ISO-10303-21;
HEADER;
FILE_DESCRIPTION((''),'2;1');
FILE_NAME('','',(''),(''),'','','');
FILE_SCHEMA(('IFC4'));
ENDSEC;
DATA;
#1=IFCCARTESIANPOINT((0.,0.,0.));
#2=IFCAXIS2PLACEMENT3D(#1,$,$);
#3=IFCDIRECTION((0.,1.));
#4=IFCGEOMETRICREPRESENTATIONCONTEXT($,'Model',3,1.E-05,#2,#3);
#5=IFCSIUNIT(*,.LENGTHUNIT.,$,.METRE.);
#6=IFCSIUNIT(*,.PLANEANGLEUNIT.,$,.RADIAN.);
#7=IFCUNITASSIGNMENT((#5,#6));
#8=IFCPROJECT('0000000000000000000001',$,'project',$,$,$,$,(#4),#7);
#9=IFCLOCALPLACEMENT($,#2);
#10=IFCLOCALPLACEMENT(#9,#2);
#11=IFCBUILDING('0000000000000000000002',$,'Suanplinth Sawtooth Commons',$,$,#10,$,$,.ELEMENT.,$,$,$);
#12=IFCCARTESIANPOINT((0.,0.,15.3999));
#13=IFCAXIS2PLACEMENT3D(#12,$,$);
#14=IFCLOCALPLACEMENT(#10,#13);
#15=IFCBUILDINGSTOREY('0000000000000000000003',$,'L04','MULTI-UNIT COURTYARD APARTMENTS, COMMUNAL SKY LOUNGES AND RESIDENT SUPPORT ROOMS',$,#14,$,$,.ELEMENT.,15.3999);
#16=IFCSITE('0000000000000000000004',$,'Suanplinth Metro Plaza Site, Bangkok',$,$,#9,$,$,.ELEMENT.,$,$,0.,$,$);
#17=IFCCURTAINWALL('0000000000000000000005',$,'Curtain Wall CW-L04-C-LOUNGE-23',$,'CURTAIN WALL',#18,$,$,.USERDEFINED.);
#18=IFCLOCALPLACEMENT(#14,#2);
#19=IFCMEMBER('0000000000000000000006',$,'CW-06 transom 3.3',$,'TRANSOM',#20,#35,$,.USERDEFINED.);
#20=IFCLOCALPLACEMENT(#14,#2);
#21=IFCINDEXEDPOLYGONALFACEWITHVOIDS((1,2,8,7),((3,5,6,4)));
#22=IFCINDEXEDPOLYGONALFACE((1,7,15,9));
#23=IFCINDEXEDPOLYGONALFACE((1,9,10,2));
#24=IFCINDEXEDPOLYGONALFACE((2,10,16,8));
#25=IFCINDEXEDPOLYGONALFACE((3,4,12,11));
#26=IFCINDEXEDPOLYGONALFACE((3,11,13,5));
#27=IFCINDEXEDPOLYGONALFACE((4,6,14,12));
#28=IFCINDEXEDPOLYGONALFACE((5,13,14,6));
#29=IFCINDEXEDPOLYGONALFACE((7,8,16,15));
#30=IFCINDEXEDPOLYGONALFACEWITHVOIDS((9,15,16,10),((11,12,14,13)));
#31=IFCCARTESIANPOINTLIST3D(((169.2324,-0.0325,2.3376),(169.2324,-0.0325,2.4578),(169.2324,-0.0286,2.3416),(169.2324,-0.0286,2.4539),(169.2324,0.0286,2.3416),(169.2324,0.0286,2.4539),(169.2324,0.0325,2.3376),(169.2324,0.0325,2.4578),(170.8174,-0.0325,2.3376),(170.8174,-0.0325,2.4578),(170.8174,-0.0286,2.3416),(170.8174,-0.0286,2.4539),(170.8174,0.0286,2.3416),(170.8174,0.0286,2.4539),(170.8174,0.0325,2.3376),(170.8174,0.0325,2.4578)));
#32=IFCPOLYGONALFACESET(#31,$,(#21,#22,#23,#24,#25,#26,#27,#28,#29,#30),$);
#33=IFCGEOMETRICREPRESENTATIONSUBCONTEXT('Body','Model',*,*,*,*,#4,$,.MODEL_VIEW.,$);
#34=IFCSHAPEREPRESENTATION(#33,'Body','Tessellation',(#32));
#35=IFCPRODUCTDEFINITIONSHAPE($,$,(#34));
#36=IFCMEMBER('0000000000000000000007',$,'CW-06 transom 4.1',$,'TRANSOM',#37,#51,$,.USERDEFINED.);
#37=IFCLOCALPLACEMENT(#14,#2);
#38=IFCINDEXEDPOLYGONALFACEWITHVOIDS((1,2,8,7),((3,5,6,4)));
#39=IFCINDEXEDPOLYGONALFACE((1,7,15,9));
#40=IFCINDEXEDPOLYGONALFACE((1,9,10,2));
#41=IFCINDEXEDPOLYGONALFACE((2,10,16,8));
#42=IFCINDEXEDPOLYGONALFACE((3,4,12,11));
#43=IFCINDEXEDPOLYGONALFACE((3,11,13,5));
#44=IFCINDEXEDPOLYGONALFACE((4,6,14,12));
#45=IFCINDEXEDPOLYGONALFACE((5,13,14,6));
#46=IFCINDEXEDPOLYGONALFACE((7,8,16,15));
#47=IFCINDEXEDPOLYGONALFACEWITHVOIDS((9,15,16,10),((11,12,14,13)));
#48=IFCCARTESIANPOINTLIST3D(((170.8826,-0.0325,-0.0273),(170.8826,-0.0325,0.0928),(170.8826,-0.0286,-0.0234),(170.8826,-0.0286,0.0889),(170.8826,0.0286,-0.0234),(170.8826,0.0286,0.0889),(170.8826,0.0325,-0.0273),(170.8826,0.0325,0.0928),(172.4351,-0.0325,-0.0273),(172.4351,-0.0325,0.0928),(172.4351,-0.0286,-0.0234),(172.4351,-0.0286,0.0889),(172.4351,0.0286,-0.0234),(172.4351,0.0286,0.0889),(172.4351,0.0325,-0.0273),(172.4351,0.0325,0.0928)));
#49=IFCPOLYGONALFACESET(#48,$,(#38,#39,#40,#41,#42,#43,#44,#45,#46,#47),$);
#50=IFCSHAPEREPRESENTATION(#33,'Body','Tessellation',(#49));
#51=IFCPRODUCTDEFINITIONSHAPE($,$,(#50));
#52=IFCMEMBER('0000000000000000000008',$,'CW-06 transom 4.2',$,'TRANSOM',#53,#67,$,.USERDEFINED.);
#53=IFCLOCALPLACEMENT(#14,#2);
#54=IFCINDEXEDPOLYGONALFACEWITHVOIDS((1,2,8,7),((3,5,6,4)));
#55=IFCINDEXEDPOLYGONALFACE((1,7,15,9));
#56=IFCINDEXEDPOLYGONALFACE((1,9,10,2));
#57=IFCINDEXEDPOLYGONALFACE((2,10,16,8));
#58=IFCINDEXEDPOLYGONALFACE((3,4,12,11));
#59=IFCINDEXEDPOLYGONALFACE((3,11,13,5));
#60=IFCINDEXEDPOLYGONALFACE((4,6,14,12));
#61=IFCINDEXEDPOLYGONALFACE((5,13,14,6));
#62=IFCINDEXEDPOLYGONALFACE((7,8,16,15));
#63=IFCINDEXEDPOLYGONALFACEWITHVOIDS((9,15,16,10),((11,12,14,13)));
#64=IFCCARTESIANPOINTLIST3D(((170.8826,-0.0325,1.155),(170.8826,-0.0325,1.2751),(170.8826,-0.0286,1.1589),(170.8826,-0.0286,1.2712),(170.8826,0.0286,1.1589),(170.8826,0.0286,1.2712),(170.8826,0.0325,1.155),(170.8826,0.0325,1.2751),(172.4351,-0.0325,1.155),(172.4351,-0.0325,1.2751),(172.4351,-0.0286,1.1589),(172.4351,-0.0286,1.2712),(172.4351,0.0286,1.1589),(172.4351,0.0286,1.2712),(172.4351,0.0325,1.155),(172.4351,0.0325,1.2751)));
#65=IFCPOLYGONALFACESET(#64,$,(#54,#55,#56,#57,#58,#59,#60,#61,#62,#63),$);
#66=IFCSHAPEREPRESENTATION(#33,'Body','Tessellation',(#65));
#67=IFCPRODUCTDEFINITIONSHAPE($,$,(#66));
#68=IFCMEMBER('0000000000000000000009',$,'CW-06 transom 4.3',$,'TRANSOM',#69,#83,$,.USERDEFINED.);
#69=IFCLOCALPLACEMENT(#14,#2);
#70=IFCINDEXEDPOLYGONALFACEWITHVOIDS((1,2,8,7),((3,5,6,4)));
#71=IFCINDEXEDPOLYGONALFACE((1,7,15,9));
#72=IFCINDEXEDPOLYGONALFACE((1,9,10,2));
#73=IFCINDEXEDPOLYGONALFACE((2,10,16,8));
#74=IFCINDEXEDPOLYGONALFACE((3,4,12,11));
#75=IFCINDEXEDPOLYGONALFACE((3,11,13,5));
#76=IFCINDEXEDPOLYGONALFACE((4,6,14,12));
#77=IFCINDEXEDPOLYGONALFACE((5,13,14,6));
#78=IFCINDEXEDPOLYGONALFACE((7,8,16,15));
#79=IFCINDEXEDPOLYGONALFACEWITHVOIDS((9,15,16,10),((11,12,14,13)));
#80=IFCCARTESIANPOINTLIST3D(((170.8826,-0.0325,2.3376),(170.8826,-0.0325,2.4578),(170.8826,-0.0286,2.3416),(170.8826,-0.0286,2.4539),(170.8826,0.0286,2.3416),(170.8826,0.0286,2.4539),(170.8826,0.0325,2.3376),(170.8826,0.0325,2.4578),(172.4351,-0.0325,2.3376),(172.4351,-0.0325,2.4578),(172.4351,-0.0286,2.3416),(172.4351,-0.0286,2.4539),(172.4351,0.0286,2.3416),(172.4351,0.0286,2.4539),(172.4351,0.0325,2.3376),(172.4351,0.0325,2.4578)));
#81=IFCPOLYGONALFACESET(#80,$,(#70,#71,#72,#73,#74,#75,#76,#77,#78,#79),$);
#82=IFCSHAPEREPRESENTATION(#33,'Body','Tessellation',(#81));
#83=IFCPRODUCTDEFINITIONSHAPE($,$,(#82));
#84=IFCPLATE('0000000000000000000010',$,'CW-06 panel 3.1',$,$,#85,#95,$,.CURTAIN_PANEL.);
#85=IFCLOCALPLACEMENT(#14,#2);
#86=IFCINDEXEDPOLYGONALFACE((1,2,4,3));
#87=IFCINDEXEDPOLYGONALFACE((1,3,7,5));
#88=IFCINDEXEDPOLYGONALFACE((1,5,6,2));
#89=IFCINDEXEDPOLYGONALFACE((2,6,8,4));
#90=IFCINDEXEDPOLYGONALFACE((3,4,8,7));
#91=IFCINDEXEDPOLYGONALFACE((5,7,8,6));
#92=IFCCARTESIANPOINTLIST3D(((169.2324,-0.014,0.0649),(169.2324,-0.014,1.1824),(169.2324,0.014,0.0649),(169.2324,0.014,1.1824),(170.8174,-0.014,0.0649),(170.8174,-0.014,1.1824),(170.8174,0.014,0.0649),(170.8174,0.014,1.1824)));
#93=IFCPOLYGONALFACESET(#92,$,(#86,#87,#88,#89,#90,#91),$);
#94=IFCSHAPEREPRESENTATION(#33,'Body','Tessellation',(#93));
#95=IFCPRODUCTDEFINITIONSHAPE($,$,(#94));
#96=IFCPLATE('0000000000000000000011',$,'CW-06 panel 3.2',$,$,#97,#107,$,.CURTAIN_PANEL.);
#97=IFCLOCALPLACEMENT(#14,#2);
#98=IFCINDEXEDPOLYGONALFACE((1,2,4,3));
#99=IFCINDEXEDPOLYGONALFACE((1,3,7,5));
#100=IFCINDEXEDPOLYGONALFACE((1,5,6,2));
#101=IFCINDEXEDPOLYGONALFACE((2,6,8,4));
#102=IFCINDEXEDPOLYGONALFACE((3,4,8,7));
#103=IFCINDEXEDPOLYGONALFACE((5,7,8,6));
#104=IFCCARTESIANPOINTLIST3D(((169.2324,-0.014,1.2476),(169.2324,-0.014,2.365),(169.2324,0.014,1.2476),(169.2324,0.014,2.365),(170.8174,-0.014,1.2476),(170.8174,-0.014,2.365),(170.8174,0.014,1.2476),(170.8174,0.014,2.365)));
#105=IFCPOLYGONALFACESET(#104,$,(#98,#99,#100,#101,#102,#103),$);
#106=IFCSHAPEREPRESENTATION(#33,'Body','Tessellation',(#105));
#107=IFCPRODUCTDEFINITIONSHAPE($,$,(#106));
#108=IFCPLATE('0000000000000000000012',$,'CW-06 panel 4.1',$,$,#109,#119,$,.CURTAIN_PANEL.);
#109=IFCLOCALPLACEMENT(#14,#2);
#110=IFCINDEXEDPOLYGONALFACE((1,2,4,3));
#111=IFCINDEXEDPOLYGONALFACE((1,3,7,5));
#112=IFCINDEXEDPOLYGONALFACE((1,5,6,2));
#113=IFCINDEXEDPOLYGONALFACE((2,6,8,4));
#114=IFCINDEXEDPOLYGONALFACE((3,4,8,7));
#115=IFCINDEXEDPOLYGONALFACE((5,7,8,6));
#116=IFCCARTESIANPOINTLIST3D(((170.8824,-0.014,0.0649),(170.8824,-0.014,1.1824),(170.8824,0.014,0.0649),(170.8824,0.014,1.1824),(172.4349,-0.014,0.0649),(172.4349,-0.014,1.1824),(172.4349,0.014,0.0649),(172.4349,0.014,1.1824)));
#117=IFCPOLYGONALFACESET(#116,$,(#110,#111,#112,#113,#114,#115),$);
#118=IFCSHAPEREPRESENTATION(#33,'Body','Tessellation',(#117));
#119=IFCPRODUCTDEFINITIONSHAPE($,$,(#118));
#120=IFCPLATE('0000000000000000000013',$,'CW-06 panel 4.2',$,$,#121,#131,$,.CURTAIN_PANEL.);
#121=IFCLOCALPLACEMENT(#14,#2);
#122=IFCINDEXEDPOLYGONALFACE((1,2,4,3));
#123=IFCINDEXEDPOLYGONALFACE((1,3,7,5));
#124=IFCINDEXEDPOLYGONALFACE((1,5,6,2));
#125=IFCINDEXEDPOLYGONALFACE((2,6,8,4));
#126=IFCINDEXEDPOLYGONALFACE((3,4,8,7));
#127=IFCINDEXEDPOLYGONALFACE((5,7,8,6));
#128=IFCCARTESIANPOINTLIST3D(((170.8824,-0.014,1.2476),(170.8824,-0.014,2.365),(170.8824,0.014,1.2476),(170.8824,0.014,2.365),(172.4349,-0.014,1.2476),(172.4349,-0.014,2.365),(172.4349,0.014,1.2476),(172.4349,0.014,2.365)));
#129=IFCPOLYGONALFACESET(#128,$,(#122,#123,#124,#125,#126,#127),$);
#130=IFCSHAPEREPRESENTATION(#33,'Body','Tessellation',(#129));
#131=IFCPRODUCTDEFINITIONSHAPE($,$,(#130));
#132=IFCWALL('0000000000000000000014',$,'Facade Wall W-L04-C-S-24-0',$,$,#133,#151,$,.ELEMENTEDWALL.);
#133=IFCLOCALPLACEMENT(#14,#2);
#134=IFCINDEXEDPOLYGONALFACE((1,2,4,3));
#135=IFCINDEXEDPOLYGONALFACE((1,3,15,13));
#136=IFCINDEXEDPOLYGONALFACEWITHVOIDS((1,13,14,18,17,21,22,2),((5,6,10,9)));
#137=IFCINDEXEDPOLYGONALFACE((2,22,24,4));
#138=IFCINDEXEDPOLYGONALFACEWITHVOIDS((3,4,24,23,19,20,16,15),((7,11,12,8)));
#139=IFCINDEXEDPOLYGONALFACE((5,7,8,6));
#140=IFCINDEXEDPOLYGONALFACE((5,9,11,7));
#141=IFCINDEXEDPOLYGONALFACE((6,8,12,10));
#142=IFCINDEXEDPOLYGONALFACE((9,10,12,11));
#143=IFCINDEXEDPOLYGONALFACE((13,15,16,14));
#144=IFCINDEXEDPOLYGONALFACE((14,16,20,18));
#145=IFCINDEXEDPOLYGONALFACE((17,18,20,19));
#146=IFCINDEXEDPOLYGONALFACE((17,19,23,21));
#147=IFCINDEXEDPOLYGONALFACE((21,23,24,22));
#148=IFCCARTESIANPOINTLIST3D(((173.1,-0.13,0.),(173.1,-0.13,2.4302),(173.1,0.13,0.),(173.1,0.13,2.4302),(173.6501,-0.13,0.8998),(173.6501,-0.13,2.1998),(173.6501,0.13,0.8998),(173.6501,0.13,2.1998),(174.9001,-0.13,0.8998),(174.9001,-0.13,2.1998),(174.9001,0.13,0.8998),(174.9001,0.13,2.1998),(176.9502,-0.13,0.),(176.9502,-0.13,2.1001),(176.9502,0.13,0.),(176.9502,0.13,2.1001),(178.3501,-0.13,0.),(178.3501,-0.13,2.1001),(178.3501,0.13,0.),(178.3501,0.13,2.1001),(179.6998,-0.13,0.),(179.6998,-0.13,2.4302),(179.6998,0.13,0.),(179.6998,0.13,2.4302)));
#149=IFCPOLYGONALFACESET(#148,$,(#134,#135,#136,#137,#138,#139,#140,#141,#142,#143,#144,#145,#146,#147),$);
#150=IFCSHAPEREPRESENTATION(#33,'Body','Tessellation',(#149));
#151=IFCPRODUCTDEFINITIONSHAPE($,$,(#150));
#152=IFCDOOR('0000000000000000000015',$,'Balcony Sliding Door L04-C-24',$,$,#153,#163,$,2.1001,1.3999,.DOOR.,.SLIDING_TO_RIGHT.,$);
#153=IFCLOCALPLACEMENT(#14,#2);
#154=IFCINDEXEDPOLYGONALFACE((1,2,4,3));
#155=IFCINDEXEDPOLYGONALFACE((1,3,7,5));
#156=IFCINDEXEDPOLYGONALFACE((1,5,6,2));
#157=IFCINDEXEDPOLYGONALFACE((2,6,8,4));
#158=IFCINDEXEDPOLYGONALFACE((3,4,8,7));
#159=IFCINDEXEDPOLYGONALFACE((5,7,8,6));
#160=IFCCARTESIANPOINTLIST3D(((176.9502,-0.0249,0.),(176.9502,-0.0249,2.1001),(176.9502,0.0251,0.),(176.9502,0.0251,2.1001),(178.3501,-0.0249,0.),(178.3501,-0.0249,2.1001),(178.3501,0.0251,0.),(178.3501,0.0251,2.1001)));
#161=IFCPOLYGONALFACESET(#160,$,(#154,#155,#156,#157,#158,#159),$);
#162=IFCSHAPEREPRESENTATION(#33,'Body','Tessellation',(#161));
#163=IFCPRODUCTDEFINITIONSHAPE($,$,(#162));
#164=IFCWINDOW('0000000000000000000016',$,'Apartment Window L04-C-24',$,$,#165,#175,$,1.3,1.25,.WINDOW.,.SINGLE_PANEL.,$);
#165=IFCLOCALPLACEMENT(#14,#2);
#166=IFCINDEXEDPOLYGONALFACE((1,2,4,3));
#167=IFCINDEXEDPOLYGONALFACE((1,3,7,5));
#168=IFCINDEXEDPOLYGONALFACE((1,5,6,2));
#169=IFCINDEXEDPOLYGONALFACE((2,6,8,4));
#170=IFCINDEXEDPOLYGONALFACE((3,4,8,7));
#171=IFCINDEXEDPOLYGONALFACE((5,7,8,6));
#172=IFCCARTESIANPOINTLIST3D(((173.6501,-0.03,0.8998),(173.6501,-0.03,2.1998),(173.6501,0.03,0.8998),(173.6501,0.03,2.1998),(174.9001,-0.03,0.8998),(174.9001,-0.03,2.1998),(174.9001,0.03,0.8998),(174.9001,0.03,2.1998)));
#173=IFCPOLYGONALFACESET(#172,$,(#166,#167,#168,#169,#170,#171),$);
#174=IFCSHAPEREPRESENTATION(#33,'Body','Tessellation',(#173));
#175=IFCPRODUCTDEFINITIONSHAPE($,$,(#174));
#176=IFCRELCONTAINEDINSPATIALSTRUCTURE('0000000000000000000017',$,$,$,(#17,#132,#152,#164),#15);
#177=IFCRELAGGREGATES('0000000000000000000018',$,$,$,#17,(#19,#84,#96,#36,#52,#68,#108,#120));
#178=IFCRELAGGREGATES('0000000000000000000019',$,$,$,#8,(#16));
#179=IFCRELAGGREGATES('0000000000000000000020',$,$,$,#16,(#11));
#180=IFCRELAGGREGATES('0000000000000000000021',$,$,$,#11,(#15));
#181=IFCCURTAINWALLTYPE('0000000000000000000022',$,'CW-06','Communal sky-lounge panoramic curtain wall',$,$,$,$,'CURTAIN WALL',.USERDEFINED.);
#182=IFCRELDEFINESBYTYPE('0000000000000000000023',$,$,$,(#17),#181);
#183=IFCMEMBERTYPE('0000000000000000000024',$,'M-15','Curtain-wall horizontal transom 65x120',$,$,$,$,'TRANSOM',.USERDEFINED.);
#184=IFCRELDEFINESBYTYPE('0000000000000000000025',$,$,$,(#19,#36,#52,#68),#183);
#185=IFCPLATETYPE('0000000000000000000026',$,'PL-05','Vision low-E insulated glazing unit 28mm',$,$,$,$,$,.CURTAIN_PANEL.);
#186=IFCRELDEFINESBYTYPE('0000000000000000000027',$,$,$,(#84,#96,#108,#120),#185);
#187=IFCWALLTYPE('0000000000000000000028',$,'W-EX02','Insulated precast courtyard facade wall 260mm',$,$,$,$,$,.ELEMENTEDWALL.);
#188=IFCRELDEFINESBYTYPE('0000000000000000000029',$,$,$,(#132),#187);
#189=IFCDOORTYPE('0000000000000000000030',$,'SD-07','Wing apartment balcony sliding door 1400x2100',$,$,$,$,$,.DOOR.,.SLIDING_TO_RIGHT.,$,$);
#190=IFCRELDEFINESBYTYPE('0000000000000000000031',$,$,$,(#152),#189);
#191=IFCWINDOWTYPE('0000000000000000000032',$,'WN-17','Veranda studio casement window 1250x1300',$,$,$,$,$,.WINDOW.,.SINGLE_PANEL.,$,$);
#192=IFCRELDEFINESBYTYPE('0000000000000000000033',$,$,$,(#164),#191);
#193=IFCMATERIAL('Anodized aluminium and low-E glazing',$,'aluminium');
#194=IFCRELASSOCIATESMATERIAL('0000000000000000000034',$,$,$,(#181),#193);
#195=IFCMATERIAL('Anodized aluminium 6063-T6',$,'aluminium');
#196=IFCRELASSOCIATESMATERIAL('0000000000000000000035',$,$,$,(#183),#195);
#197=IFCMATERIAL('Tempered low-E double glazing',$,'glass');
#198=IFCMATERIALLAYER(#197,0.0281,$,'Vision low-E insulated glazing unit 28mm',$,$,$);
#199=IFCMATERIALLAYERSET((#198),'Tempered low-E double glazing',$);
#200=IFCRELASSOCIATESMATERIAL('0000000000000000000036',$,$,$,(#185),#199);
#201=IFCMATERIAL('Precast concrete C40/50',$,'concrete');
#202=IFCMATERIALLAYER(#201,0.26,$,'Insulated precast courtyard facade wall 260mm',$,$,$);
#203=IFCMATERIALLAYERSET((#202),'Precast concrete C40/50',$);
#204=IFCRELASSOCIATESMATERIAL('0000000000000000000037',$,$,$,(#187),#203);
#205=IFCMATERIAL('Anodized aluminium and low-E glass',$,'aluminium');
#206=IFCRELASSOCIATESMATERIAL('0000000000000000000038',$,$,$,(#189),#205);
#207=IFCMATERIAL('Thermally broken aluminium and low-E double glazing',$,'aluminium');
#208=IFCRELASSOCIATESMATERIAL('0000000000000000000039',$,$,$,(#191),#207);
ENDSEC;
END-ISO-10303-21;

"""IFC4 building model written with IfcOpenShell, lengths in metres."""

from ifc_helpers import new_model, si_unit, direction, frame, frame_2d, origin, origin_2d, place, context, subcontext, project, spatial, rectangle, hollow_rectangle, extrude, material, layer, layer_set, material_profile, profile_set, type_object, element, fill, aggregate, save


model = new_model("IFC4")

# Units and contexts
model_context = context("Model", 3, precision=1e-05, world=origin(), true_north=direction((0.0, 1.0)))
body_context = subcontext(model_context, "Body", "Model", "MODEL_VIEW")
ifc_project = project(units=[si_unit("LENGTHUNIT", "METRE"), si_unit("PLANEANGLEUNIT", "RADIAN")], contexts=[model_context])

# Site, building, storey
site_placement = place(None, origin())
site = spatial("IfcSite", under=ifc_project, at=site_placement, Name="Suanplinth Metro Plaza Site, Bangkok", CompositionType="ELEMENT", RefElevation=0.0)
building_placement = place(site_placement, origin())
building = spatial("IfcBuilding", under=site, at=building_placement, Name="Suanplinth Sawtooth Commons", CompositionType="ELEMENT")
storey_placement = place(building_placement, frame((0.0, 0.0, 15.3999)))
storey = spatial("IfcBuildingStorey", under=building, at=storey_placement, Name="L04", Description="MULTI-UNIT COURTYARD APARTMENTS, COMMUNAL SKY LOUNGES AND RESIDENT SUPPORT ROOMS", CompositionType="ELEMENT", Elevation=15.3999)

# Shared definitions
ifc_material_1 = material(Name="Precast concrete C40/50", Category="concrete")

# Curtain wall, members, plates
ifc_material_2 = material(Name="Anodized aluminium and low-E glazing", Category="aluminium")
curtain_wall_type = type_object("IfcCurtainWallType", Name="CW-06", Description="Communal sky-lounge panoramic curtain wall", ElementType="CURTAIN WALL", PredefinedType="USERDEFINED", material=ifc_material_2)
curtain_wall_placement = place(storey_placement, origin())
curtain_wall = element("IfcCurtainWall", 1, at=curtain_wall_placement, inside=storey, type_object=curtain_wall_type, Name="Curtain Wall CW-L04-C-LOUNGE-23", ObjectType="CURTAIN WALL", PredefinedType="USERDEFINED")
ifc_material_3 = material(Name="Anodized aluminium 6063-T6", Category="aluminium")
ifc_material_profile_1 = material_profile(ifc_material_3, hollow_rectangle(XDim=0.0649, YDim=0.1201, WallThickness=0.0039, at=origin_2d()), Name="ALU-TRN 65x120")
ifc_profile_set_1 = profile_set([ifc_material_profile_1], Name="Anodized aluminium 6063-T6")
member_type_1 = type_object("IfcMemberType", Name="M-15", Description="Curtain-wall horizontal transom 65x120", ElementType="TRANSOM", PredefinedType="USERDEFINED", material=ifc_profile_set_1)
member_1_placement = place(storey_placement, frame((169.2324, 0.0, 2.3977), z_axis=(1.0, 0.0, 0.0), x_axis=(0.0, 1.0, 0.0)))
member_1 = element("IfcMember", 2, at=member_1_placement, type_object=member_type_1, Name="CW-06 transom 3.3", ObjectType="TRANSOM", PredefinedType="USERDEFINED", context=body_context, shape_type="SweptSolid", body=[
    extrude(hollow_rectangle(XDim=0.0649, YDim=0.1201, WallThickness=0.0039, at=origin_2d()), origin(), (0.0, 0.0, 1.0), 1.585),
])
member_2_placement = place(storey_placement, frame((170.8826, 0.0, 0.0327), z_axis=(1.0, 0.0, 0.0), x_axis=(0.0, 1.0, 0.0)))
member_2 = element("IfcMember", 3, at=member_2_placement, type_object=member_type_1, Name="CW-06 transom 4.1", ObjectType="TRANSOM", PredefinedType="USERDEFINED", context=body_context, shape_type="SweptSolid", body=[
    extrude(hollow_rectangle(XDim=0.0649, YDim=0.1201, WallThickness=0.0039, at=origin_2d()), origin(), (0.0, 0.0, 1.0), 1.5525),
])
member_3_placement = place(storey_placement, frame((170.8826, 0.0, 1.2151), z_axis=(1.0, 0.0, 0.0), x_axis=(0.0, 1.0, 0.0)))
member_3 = element("IfcMember", 4, at=member_3_placement, type_object=member_type_1, Name="CW-06 transom 4.2", ObjectType="TRANSOM", PredefinedType="USERDEFINED", context=body_context, shape_type="SweptSolid", body=[
    extrude(hollow_rectangle(XDim=0.0649, YDim=0.1201, WallThickness=0.0039, at=origin_2d()), origin(), (0.0, 0.0, 1.0), 1.5525),
])
member_4_placement = place(storey_placement, frame((170.8826, 0.0, 2.3977), z_axis=(1.0, 0.0, 0.0), x_axis=(0.0, 1.0, 0.0)))
member_4 = element("IfcMember", 5, at=member_4_placement, type_object=member_type_1, Name="CW-06 transom 4.3", ObjectType="TRANSOM", PredefinedType="USERDEFINED", context=body_context, shape_type="SweptSolid", body=[
    extrude(hollow_rectangle(XDim=0.0649, YDim=0.1201, WallThickness=0.0039, at=origin_2d()), origin(), (0.0, 0.0, 1.0), 1.5525),
])
ifc_material_4 = material(Name="Tempered low-E double glazing", Category="glass")
ifc_layer_1 = layer(ifc_material_4, 0.0281, Name="Vision low-E insulated glazing unit 28mm")
ifc_layer_set_1 = layer_set([ifc_layer_1], Name="Tempered low-E double glazing")
plate_type = type_object("IfcPlateType", Name="PL-05", Description="Vision low-E insulated glazing unit 28mm", PredefinedType="CURTAIN_PANEL", material=ifc_layer_set_1)
plate_1_placement = place(storey_placement, frame((170.0249, 0.0, 0.0649), z_axis=(0.0, 0.0, 1.0), x_axis=(1.0, 0.0, 0.0)))
plate_1 = element("IfcPlate", 6, at=plate_1_placement, type_object=plate_type, Name="CW-06 panel 3.1", PredefinedType="CURTAIN_PANEL", context=body_context, shape_type="SweptSolid", body=[
    extrude(rectangle(XDim=1.585, YDim=0.0281, at=origin_2d()), origin(), (0.0, 0.0, 1.0), 1.1174),
])
plate_2_placement = place(storey_placement, frame((170.0249, 0.0, 1.2476), z_axis=(0.0, 0.0, 1.0), x_axis=(1.0, 0.0, 0.0)))
plate_2 = element("IfcPlate", 7, at=plate_2_placement, type_object=plate_type, Name="CW-06 panel 3.2", PredefinedType="CURTAIN_PANEL", context=body_context, shape_type="SweptSolid", body=[
    extrude(rectangle(XDim=1.585, YDim=0.0281, at=origin_2d()), origin(), (0.0, 0.0, 1.0), 1.1174),
])
plate_3_placement = place(storey_placement, frame((171.6587, 0.0, 0.0649), z_axis=(0.0, 0.0, 1.0), x_axis=(1.0, 0.0, 0.0)))
plate_3 = element("IfcPlate", 8, at=plate_3_placement, type_object=plate_type, Name="CW-06 panel 4.1", PredefinedType="CURTAIN_PANEL", context=body_context, shape_type="SweptSolid", body=[
    extrude(rectangle(XDim=1.5525, YDim=0.0281, at=origin_2d()), origin(), (0.0, 0.0, 1.0), 1.1174),
])
plate_4_placement = place(storey_placement, frame((171.6587, 0.0, 1.2476), z_axis=(0.0, 0.0, 1.0), x_axis=(1.0, 0.0, 0.0)))
plate_4 = element("IfcPlate", 9, at=plate_4_placement, type_object=plate_type, Name="CW-06 panel 4.2", PredefinedType="CURTAIN_PANEL", context=body_context, shape_type="SweptSolid", body=[
    extrude(rectangle(XDim=1.5525, YDim=0.0281, at=origin_2d()), origin(), (0.0, 0.0, 1.0), 1.1174),
])
aggregate(curtain_wall, [member_1, plate_1, plate_2, member_2, member_3, member_4, plate_3, plate_4])

# Wall, openings, door, window
ifc_layer_2 = layer(ifc_material_1, 0.26, Name="Insulated precast courtyard facade wall 260mm")
ifc_layer_set_2 = layer_set([ifc_layer_2], Name="Precast concrete C40/50")
wall_type_1 = type_object("IfcWallType", Name="W-EX02", Description="Insulated precast courtyard facade wall 260mm", PredefinedType="ELEMENTEDWALL", material=ifc_layer_set_2)
wall_1_placement = place(storey_placement, frame((173.1001, 0.0, 0.0), z_axis=(0.0, 0.0, 1.0), x_axis=(1.0, 0.0, 0.0)))
wall_1 = element("IfcWall", 10, at=wall_1_placement, inside=storey, type_object=wall_type_1, Name="Facade Wall W-L04-C-S-24-0", PredefinedType="ELEMENTEDWALL", context=body_context, shape_type="SweptSolid", body=[
    extrude(rectangle(XDim=6.5999, YDim=0.26, at=frame_2d((3.2998, 0.0))), origin(), (0.0, 0.0, 1.0), 2.4302),
])
opening_1_placement = place(wall_1_placement, frame((3.8501, 0.0, 0.0)))
opening_1 = element("IfcOpeningElement", 11, at=opening_1_placement, cuts=wall_1, PredefinedType="OPENING", context=body_context, shape_type="SweptSolid", body=[
    extrude(rectangle(XDim=1.3999, YDim=2.1001, at=frame_2d((0.7, 1.05))), frame((0.0, 0.145, 0.0), z_axis=(0.0, -1.0, 0.0), x_axis=(1.0, 0.0, 0.0)), (0.0, 0.0, 1.0), 0.2898),
])
opening_2_placement = place(wall_1_placement, frame((0.55, 0.0, 0.8999)))
opening_2 = element("IfcOpeningElement", 12, at=opening_2_placement, cuts=wall_1, PredefinedType="OPENING", context=body_context, shape_type="SweptSolid", body=[
    extrude(rectangle(XDim=1.25, YDim=1.3, at=frame_2d((0.625, 0.6499))), frame((0.0, 0.145, 0.0), z_axis=(0.0, -1.0, 0.0), x_axis=(1.0, 0.0, 0.0)), (0.0, 0.0, 1.0), 0.2898),
])
ifc_material_5 = material(Name="Anodized aluminium and low-E glass", Category="aluminium")
door_type_1 = type_object("IfcDoorType", Name="SD-07", Description="Wing apartment balcony sliding door 1400x2100", OperationType="SLIDING_TO_RIGHT", PredefinedType="DOOR", material=ifc_material_5)
door_1_placement = place(opening_1_placement, frame((1.3999, 0.0, 0.0), z_axis=(0.0, 0.0, 1.0), x_axis=(-1.0, 0.0, 0.0)))
door_1 = element("IfcDoor", 13, at=door_1_placement, inside=storey, type_object=door_type_1, Name="Balcony Sliding Door L04-C-24", OperationType="SLIDING_TO_RIGHT", OverallHeight=2.1001, OverallWidth=1.3999, PredefinedType="DOOR", context=body_context, shape_type="SweptSolid", body=[
    extrude(rectangle(XDim=1.3999, YDim=2.1001, at=frame_2d((0.7, 1.05))), frame((0.0, 0.0249, 0.0), z_axis=(0.0, -1.0, 0.0), x_axis=(1.0, 0.0, 0.0)), (0.0, 0.0, 1.0), 0.05),
])
fill(opening_1, door_1)
ifc_material_6 = material(Name="Thermally broken aluminium and low-E double glazing", Category="aluminium")
window_type = type_object("IfcWindowType", Name="WN-17", Description="Veranda studio casement window 1250x1300", PartitioningType="SINGLE_PANEL", PredefinedType="WINDOW", material=ifc_material_6)
window_placement = place(opening_2_placement, origin())
window = element("IfcWindow", 14, at=window_placement, inside=storey, type_object=window_type, Name="Apartment Window L04-C-24", OverallHeight=1.3, OverallWidth=1.25, PartitioningType="SINGLE_PANEL", PredefinedType="WINDOW", context=body_context, shape_type="SweptSolid", body=[
    extrude(rectangle(XDim=1.25, YDim=1.3, at=frame_2d((0.625, 0.6499))), frame((0.0, 0.03, 0.0), z_axis=(0.0, -1.0, 0.0), x_axis=(1.0, 0.0, 0.0)), (0.0, 0.0, 1.0), 0.0601),
])
fill(opening_2, window)

save(model, "model.ifc")
